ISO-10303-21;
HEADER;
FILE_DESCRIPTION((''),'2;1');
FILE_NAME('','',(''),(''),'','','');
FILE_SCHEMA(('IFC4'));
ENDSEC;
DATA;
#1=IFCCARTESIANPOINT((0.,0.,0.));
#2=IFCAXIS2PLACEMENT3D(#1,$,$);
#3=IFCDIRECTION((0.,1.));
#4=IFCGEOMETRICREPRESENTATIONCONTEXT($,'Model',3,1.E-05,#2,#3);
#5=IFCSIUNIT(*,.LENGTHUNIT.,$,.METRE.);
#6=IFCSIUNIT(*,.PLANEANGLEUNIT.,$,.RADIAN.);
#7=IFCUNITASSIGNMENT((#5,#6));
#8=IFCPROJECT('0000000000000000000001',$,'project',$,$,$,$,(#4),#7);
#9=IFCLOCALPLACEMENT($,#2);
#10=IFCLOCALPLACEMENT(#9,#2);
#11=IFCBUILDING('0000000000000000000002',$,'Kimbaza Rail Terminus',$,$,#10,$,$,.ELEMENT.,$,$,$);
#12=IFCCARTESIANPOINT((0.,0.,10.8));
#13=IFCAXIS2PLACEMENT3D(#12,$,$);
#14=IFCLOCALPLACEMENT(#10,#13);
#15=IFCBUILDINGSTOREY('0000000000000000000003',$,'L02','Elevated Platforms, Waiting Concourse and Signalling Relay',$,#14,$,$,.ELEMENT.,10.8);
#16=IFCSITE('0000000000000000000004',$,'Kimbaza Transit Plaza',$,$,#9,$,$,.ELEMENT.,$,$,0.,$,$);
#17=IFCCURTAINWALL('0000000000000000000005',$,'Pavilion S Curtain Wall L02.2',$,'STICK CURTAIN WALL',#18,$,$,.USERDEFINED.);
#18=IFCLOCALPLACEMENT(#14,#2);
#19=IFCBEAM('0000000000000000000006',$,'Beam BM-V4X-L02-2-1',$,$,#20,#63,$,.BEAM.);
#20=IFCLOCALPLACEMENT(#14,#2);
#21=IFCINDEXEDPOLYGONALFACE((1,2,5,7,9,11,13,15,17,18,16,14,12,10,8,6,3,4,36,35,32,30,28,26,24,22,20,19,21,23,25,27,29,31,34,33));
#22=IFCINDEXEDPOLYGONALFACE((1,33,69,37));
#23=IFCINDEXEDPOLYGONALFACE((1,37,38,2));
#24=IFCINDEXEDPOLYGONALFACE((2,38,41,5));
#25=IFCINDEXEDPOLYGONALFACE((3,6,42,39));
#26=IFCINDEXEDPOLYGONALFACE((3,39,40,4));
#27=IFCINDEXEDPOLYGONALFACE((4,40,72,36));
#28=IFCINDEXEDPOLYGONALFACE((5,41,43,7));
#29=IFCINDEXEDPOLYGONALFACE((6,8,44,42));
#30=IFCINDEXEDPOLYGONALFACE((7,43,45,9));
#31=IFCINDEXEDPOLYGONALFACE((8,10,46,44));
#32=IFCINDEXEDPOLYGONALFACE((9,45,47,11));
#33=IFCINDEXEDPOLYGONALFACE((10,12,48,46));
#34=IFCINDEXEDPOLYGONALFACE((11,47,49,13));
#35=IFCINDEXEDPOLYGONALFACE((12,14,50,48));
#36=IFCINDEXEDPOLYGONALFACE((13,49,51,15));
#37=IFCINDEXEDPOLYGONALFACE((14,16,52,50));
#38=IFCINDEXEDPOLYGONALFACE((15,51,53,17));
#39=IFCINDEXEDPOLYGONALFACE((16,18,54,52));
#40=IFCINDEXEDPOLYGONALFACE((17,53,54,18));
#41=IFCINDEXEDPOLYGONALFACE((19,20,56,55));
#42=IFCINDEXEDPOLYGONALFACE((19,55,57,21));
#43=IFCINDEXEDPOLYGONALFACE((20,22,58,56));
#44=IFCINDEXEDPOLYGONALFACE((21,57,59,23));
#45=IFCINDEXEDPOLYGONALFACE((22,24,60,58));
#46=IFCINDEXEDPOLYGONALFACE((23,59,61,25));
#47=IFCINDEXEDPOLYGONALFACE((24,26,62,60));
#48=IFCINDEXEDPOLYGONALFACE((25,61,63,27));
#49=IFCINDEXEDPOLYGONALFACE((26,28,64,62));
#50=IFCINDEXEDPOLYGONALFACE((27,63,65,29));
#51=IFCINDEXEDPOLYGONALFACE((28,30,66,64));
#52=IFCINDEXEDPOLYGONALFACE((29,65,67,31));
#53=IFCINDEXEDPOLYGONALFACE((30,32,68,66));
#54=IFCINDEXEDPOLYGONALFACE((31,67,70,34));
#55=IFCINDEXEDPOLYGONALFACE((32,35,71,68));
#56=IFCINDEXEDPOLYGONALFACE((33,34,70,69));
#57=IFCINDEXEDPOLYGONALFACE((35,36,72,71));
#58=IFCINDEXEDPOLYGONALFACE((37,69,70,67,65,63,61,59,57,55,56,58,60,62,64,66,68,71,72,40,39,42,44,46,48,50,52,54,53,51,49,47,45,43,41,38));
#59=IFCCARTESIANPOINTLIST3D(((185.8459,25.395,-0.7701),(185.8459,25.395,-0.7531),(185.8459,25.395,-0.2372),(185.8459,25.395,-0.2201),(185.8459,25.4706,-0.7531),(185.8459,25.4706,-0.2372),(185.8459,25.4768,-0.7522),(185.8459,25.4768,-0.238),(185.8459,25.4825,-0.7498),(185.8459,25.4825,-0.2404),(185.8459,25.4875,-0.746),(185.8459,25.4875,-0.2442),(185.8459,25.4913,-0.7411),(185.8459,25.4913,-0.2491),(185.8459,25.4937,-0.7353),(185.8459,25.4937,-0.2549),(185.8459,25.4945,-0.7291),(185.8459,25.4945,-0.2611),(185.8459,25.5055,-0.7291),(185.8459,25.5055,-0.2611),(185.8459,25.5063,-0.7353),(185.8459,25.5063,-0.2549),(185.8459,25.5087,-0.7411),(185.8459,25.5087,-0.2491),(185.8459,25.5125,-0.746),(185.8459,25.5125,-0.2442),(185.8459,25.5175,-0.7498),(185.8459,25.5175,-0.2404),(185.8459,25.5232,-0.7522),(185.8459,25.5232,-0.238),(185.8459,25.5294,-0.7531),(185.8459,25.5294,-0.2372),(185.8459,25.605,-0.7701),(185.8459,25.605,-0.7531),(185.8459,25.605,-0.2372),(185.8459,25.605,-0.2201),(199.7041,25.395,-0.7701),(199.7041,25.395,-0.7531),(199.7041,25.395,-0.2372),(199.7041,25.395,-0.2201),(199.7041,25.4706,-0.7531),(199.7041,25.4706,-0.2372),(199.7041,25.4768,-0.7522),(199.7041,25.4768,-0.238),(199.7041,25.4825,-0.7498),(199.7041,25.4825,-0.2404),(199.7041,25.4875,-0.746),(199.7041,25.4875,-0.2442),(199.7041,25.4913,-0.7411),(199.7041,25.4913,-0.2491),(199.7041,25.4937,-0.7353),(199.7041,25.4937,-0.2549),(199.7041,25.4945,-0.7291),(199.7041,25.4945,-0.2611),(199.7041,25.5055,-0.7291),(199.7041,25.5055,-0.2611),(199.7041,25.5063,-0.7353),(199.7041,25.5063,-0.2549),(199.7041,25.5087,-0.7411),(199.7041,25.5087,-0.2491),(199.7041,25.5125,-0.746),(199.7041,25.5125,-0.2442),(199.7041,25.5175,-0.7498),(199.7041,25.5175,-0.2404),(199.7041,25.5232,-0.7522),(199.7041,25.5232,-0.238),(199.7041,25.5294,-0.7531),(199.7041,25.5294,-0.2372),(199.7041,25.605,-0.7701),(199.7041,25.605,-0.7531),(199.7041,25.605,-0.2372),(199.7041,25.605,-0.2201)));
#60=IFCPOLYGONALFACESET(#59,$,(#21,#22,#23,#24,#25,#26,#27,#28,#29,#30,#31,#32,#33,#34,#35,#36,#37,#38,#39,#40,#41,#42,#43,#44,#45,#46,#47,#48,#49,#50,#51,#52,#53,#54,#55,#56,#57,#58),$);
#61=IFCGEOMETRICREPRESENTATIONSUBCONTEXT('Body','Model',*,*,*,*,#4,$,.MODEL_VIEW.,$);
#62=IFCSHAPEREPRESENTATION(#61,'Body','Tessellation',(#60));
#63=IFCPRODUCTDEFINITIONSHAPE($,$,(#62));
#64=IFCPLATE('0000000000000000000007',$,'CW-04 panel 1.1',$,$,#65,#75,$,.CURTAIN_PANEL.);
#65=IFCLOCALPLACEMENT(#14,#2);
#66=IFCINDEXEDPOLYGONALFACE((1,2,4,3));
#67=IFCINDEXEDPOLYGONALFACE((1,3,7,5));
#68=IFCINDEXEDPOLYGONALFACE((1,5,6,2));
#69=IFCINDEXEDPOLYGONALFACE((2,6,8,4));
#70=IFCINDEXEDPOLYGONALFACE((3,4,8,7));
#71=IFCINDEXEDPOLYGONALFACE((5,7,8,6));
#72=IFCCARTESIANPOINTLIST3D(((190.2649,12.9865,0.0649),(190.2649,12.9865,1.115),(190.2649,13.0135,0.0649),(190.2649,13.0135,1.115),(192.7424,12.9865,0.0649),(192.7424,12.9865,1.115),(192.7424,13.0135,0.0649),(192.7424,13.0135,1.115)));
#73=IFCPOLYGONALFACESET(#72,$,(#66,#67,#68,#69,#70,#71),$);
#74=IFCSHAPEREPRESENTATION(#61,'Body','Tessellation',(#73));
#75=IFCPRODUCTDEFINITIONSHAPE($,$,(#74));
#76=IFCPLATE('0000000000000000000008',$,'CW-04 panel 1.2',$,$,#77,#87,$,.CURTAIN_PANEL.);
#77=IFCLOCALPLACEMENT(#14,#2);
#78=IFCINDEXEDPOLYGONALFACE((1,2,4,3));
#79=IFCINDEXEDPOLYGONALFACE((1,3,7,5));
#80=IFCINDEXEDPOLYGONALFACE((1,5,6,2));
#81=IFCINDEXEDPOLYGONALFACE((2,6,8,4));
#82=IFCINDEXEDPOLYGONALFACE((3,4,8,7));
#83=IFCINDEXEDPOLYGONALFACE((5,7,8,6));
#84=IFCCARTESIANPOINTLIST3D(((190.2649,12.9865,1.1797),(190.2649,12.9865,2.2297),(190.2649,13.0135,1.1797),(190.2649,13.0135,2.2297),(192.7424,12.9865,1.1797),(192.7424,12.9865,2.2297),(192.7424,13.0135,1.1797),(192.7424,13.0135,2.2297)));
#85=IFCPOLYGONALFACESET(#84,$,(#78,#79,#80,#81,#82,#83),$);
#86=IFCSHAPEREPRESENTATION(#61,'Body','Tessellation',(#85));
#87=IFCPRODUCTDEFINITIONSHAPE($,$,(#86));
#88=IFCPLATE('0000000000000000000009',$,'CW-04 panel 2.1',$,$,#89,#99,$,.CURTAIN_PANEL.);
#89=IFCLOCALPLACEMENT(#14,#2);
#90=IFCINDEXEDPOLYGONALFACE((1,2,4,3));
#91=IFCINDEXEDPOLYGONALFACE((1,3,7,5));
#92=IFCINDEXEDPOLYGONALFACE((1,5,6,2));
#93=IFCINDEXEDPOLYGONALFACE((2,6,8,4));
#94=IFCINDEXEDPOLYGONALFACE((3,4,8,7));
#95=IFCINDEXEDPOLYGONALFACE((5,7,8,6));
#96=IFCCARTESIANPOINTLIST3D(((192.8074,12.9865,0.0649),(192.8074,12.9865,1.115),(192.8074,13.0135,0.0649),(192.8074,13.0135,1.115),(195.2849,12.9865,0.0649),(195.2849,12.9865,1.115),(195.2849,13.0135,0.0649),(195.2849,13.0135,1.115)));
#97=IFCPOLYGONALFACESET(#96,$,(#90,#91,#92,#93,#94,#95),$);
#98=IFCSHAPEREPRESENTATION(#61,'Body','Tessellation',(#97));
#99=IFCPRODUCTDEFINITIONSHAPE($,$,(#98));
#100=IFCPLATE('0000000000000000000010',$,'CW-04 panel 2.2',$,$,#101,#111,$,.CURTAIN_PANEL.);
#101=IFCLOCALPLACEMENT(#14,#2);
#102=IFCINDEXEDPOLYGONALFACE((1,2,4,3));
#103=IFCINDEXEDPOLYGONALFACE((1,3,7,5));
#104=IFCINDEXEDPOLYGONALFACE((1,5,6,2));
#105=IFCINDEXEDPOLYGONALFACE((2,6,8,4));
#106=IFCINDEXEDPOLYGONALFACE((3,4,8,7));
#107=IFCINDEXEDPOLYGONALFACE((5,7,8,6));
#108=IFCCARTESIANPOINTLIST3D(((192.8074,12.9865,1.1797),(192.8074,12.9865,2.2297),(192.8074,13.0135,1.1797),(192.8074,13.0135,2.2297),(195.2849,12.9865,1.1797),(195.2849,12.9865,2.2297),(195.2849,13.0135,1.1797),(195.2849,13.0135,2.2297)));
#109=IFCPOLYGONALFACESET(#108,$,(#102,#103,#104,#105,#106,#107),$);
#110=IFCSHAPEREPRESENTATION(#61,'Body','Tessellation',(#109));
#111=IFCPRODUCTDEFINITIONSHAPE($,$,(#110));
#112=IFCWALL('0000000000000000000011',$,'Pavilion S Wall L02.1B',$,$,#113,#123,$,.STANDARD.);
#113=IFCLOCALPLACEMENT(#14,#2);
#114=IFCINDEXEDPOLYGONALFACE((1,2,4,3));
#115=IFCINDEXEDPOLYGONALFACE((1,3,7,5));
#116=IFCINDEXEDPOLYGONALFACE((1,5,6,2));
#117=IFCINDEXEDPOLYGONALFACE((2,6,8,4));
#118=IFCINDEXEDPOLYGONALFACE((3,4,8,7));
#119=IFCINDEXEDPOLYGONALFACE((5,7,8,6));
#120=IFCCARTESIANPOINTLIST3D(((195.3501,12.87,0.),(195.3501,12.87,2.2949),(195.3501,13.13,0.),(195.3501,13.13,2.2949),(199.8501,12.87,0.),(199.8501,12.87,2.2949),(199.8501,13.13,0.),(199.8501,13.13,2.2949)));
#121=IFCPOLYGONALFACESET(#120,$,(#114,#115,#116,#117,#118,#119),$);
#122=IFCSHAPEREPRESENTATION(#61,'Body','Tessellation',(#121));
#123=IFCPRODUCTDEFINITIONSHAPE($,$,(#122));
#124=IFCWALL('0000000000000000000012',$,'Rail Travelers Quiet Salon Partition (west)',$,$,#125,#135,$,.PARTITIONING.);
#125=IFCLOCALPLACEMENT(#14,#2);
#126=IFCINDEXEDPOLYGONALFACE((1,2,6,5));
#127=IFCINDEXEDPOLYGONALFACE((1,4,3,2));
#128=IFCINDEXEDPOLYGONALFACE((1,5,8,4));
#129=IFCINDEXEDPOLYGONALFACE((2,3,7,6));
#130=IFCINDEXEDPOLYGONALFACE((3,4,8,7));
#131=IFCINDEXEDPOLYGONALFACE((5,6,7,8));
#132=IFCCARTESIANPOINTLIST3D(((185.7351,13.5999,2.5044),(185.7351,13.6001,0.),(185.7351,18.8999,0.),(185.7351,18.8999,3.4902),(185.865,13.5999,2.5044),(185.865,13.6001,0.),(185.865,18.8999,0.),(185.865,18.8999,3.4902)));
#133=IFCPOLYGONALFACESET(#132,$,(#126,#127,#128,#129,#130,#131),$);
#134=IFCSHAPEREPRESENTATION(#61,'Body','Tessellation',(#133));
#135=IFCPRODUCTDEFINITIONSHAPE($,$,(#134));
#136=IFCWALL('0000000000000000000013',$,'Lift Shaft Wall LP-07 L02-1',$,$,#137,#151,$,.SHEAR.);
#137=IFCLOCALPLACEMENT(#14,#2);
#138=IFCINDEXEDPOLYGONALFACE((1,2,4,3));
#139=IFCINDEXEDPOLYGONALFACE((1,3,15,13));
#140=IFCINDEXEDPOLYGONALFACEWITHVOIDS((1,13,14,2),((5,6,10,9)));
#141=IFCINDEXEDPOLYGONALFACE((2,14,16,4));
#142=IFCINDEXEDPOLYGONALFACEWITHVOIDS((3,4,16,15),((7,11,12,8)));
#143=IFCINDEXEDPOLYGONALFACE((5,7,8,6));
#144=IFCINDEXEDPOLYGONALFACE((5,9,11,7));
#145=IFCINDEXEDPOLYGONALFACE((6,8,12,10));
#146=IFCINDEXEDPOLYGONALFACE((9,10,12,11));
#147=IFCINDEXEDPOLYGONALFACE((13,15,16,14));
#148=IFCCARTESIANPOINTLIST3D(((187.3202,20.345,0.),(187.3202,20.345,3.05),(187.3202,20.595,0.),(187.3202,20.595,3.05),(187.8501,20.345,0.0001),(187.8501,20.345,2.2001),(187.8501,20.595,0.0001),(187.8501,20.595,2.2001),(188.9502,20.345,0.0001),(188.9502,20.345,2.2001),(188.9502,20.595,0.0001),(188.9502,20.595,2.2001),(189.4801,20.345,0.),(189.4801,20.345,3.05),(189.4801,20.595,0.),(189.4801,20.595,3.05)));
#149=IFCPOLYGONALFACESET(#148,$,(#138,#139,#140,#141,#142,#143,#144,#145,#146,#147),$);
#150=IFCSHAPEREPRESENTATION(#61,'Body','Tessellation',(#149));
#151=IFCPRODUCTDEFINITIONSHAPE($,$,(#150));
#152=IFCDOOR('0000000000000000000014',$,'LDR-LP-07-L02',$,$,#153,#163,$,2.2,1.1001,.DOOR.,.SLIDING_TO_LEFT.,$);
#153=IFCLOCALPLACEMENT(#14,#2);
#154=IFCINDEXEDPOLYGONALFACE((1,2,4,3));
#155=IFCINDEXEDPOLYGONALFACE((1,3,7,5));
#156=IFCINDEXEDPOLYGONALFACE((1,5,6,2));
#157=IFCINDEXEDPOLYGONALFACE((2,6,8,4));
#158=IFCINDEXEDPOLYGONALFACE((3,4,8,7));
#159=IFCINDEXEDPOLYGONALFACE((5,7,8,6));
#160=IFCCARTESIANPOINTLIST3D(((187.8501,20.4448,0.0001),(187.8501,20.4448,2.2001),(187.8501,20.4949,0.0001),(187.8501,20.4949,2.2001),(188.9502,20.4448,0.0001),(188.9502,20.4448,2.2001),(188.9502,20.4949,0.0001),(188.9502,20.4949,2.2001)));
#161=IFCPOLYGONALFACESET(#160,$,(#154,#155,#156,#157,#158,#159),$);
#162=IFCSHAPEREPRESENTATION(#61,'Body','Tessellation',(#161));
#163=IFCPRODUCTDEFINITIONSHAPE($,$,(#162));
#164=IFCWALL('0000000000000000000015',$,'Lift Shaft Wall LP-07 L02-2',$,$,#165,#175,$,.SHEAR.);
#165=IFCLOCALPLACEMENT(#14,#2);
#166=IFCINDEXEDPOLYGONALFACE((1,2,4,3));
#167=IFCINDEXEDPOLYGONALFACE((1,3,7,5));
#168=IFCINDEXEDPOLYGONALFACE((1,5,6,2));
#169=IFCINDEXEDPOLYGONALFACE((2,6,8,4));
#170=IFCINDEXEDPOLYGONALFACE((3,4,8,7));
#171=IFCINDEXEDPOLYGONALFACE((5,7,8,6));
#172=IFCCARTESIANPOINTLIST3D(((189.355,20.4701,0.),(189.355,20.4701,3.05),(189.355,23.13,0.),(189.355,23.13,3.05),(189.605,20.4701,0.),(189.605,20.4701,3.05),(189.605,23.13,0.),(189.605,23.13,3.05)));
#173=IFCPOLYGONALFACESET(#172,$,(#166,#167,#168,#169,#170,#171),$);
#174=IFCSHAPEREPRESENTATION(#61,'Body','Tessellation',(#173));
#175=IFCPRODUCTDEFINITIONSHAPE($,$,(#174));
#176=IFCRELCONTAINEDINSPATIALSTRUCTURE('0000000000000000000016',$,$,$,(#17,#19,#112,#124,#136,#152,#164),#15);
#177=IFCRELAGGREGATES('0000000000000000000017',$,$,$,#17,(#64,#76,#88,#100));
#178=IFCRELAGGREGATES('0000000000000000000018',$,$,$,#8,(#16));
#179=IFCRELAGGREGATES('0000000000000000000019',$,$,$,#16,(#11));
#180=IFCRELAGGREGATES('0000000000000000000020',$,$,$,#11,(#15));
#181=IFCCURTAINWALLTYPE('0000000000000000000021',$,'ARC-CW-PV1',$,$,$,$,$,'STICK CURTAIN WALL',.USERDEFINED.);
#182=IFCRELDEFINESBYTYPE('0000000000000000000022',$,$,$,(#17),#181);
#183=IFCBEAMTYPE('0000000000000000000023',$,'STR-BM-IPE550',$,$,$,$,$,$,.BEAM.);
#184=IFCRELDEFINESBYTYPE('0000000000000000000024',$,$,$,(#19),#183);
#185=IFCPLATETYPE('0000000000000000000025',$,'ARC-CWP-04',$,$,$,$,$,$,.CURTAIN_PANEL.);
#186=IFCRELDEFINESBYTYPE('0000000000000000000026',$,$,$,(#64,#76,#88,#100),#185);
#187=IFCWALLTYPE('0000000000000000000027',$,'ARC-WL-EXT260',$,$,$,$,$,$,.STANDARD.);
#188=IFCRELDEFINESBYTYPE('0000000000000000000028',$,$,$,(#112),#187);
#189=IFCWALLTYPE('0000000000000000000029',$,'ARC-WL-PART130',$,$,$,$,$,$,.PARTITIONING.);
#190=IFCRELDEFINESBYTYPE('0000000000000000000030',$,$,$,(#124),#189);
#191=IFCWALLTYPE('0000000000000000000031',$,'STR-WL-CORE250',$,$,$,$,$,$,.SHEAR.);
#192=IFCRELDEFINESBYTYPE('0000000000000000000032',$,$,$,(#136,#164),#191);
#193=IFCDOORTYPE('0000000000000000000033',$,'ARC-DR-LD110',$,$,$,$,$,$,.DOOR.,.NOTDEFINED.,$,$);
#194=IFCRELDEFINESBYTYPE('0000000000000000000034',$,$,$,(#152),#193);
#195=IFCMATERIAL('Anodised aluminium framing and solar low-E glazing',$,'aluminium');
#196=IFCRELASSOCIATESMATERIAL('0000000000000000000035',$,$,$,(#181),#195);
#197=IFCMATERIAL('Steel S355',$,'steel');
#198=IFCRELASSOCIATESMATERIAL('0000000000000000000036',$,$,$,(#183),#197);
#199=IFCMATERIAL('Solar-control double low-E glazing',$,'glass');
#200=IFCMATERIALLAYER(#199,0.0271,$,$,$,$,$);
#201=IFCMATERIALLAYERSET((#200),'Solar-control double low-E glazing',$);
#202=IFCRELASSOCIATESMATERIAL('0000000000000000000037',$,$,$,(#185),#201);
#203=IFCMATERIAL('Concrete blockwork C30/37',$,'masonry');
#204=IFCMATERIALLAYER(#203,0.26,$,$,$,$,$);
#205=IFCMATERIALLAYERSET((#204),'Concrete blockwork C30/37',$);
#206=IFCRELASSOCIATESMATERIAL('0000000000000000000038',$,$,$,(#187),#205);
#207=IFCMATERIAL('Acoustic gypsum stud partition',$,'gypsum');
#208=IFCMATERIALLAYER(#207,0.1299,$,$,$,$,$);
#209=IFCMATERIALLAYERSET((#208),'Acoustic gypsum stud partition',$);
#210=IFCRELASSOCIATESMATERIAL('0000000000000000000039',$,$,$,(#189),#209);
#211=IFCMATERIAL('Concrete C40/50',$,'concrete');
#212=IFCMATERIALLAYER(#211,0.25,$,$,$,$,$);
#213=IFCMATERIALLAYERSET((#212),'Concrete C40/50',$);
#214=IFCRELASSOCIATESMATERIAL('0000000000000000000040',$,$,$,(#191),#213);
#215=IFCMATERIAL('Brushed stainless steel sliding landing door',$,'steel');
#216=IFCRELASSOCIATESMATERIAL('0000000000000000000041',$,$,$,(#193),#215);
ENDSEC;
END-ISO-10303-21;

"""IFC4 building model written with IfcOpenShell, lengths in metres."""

from ifc_helpers import new_model, si_unit, direction, frame, frame_2d, origin, origin_2d, place, context, subcontext, project, spatial, polyline, rectangle, i_section, outline, extrude, material, layer, layer_set, material_profile, profile_set, type_object, element, fill, aggregate, save


model = new_model("IFC4")

# Units and contexts
model_context = context("Model", 3, precision=1e-05, world=origin(), true_north=direction((0.0, 1.0)))
body_context = subcontext(model_context, "Body", "Model", "MODEL_VIEW")
ifc_project = project(units=[si_unit("LENGTHUNIT", "METRE"), si_unit("PLANEANGLEUNIT", "RADIAN")], contexts=[model_context])

# Site, building, storey
site_placement = place(None, origin())
site = spatial("IfcSite", under=ifc_project, at=site_placement, Name="Kimbaza Transit Plaza", CompositionType="ELEMENT", RefElevation=0.0)
building_placement = place(site_placement, origin())
building = spatial("IfcBuilding", under=site, at=building_placement, Name="Kimbaza Rail Terminus", CompositionType="ELEMENT")
storey_placement = place(building_placement, frame((0.0, 0.0, 10.8)))
storey = spatial("IfcBuildingStorey", under=building, at=storey_placement, Name="L02", Description="Elevated Platforms, Waiting Concourse and Signalling Relay", CompositionType="ELEMENT", Elevation=10.8)

# Curtain wall
ifc_material_1 = material(Name="Anodised aluminium framing and solar low-E glazing", Category="aluminium")
curtain_wall_type = type_object("IfcCurtainWallType", Name="ARC-CW-PV1", ElementType="STICK CURTAIN WALL", PredefinedType="USERDEFINED", material=ifc_material_1)
curtain_wall_placement = place(storey_placement, origin())
curtain_wall = element("IfcCurtainWall", 1, at=curtain_wall_placement, inside=storey, type_object=curtain_wall_type, Name="Pavilion S Curtain Wall L02.2", ObjectType="STICK CURTAIN WALL", PredefinedType="USERDEFINED")

# Beam
ifc_material_2 = material(Name="Steel S355", Category="steel")
ifc_material_profile_1 = material_profile(ifc_material_2, i_section(OverallWidth=0.21, OverallDepth=0.55, WebThickness=0.011, FlangeThickness=0.0171, FilletRadius=0.0239, at=origin_2d()), Name="IPE 550")
ifc_profile_set_1 = profile_set([ifc_material_profile_1], Name="Steel S355")
beam_type_1 = type_object("IfcBeamType", Name="STR-BM-IPE550", PredefinedType="BEAM", material=ifc_profile_set_1)
for number, where, z_axis, x_axis, name in (
    (2, (185.8459, 25.5, -0.4951), (1.0, 0.0, 0.0), (0.0, 1.0, 0.0), "Beam BM-V4X-L02-2-1"),
):
    element("IfcBeam", number, at=place(storey_placement, frame(where, z_axis=z_axis, x_axis=x_axis)), inside=storey, type_object=beam_type_1, Name=name, PredefinedType="BEAM", context=body_context, shape_type="SweptSolid", body=[
        extrude(i_section(OverallWidth=0.21, OverallDepth=0.55, WebThickness=0.011, FlangeThickness=0.0171, FilletRadius=0.0239, at=origin_2d()), origin(), (0.0, 0.0, 1.0), 13.8582),
    ])

# Plates
ifc_material_3 = material(Name="Solar-control double low-E glazing", Category="glass")
ifc_layer_1 = layer(ifc_material_3, 0.0271)
ifc_layer_set_1 = layer_set([ifc_layer_1], Name="Solar-control double low-E glazing")
plate_type = type_object("IfcPlateType", Name="ARC-CWP-04", PredefinedType="CURTAIN_PANEL", material=ifc_layer_set_1)
plate_1_placement = place(storey_placement, frame((191.5037, 13.0, 0.0649), z_axis=(0.0, 0.0, 1.0), x_axis=(1.0, 0.0, 0.0)))
plate_1 = element("IfcPlate", 3, at=plate_1_placement, type_object=plate_type, Name="CW-04 panel 1.1", PredefinedType="CURTAIN_PANEL", context=body_context, shape_type="SweptSolid", body=[
    extrude(rectangle(XDim=2.4775, YDim=0.0271, at=origin_2d()), origin(), (0.0, 0.0, 1.0), 1.05),
])
plate_2_placement = place(storey_placement, frame((191.5037, 13.0, 1.1797), z_axis=(0.0, 0.0, 1.0), x_axis=(1.0, 0.0, 0.0)))
plate_2 = element("IfcPlate", 4, at=plate_2_placement, type_object=plate_type, Name="CW-04 panel 1.2", PredefinedType="CURTAIN_PANEL", context=body_context, shape_type="SweptSolid", body=[
    extrude(rectangle(XDim=2.4775, YDim=0.0271, at=origin_2d()), origin(), (0.0, 0.0, 1.0), 1.05),
])
plate_3_placement = place(storey_placement, frame((194.0461, 13.0, 0.0649), z_axis=(0.0, 0.0, 1.0), x_axis=(1.0, 0.0, 0.0)))
plate_3 = element("IfcPlate", 5, at=plate_3_placement, type_object=plate_type, Name="CW-04 panel 2.1", PredefinedType="CURTAIN_PANEL", context=body_context, shape_type="SweptSolid", body=[
    extrude(rectangle(XDim=2.4775, YDim=0.0271, at=origin_2d()), origin(), (0.0, 0.0, 1.0), 1.05),
])
plate_4_placement = place(storey_placement, frame((194.0461, 13.0, 1.1797), z_axis=(0.0, 0.0, 1.0), x_axis=(1.0, 0.0, 0.0)))
plate_4 = element("IfcPlate", 6, at=plate_4_placement, type_object=plate_type, Name="CW-04 panel 2.2", PredefinedType="CURTAIN_PANEL", context=body_context, shape_type="SweptSolid", body=[
    extrude(rectangle(XDim=2.4775, YDim=0.0271, at=origin_2d()), origin(), (0.0, 0.0, 1.0), 1.05),
])
aggregate(curtain_wall, [plate_1, plate_2, plate_3, plate_4])

# Walls
ifc_material_4 = material(Name="Concrete blockwork C30/37", Category="masonry")
ifc_layer_2 = layer(ifc_material_4, 0.26)
ifc_layer_set_2 = layer_set([ifc_layer_2], Name="Concrete blockwork C30/37")
wall_type_1 = type_object("IfcWallType", Name="ARC-WL-EXT260", PredefinedType="STANDARD", material=ifc_layer_set_2)
wall_1_placement = place(storey_placement, frame((195.3501, 13.0, 0.0), z_axis=(0.0, 0.0, 1.0), x_axis=(1.0, 0.0, 0.0)))
element("IfcWall", 7, at=wall_1_placement, inside=storey, type_object=wall_type_1, Name="Pavilion S Wall L02.1B", PredefinedType="STANDARD", context=body_context, shape_type="SweptSolid", body=[
    extrude(rectangle(XDim=4.5, YDim=0.26, at=frame_2d((2.25, 0.0))), origin(), (0.0, 0.0, 1.0), 2.2949),
])
ifc_material_5 = material(Name="Acoustic gypsum stud partition", Category="gypsum")
ifc_layer_3 = layer(ifc_material_5, 0.1299)
ifc_layer_set_3 = layer_set([ifc_layer_3], Name="Acoustic gypsum stud partition")
wall_type_2 = type_object("IfcWallType", Name="ARC-WL-PART130", PredefinedType="PARTITIONING", material=ifc_layer_set_3)
wall_2_placement = place(storey_placement, frame((185.8, 18.8999, 0.0), z_axis=(0.0, 0.0, 1.0), x_axis=(0.0, -1.0, 0.0)))
element("IfcWall", 8, at=wall_2_placement, inside=storey, type_object=wall_type_2, Name="Rail Travelers Quiet Salon Partition (west)", PredefinedType="PARTITIONING", context=body_context, shape_type="SweptSolid", body=[
    extrude(outline(polyline([(0.0, 0.0), (5.2998, 0.0), (5.3, 2.5044), (0.0, 3.4902), (0.0, 0.0)])), frame((0.0, 0.0649, 0.0), z_axis=(0.0, -1.0, 0.0), x_axis=(1.0, 0.0, 0.0)), (0.0, 0.0, 1.0), 0.1299),
])

# Wall, opening, door
ifc_material_6 = material(Name="Concrete C40/50", Category="concrete")
ifc_layer_4 = layer(ifc_material_6, 0.25)
ifc_layer_set_4 = layer_set([ifc_layer_4], Name="Concrete C40/50")
wall_type_3 = type_object("IfcWallType", Name="STR-WL-CORE250", PredefinedType="SHEAR", material=ifc_layer_set_4)
wall_3_placement = place(storey_placement, frame((187.3201, 20.47, 0.0), z_axis=(0.0, 0.0, 1.0), x_axis=(1.0, 0.0, 0.0)))
wall_3 = element("IfcWall", 9, at=wall_3_placement, inside=storey, type_object=wall_type_3, Name="Lift Shaft Wall LP-07 L02-1", PredefinedType="SHEAR", context=body_context, shape_type="SweptSolid", body=[
    extrude(rectangle(XDim=2.1599, YDim=0.25, at=frame_2d((1.0801, 0.0))), origin(), (0.0, 0.0, 1.0), 3.05),
])
opening_1_placement = place(wall_3_placement, frame((0.53, 0.0, 0.0)))
opening_1 = element("IfcOpeningElement", 10, at=opening_1_placement, cuts=wall_3, PredefinedType="OPENING", context=body_context, shape_type="SweptSolid", body=[
    extrude(rectangle(XDim=1.1001, YDim=2.2, at=frame_2d((0.55, 1.1001))), frame((0.0, 0.135, 0.0), z_axis=(0.0, -1.0, 0.0), x_axis=(1.0, 0.0, 0.0)), (0.0, 0.0, 1.0), 0.27),
])
ifc_material_7 = material(Name="Brushed stainless steel sliding landing door", Category="steel")
door_type_1 = type_object("IfcDoorType", Name="ARC-DR-LD110", OperationType="NOTDEFINED", PredefinedType="DOOR", material=ifc_material_7)
door_1_placement = place(opening_1_placement, origin())
door_1 = element("IfcDoor", 11, at=door_1_placement, inside=storey, type_object=door_type_1, Name="LDR-LP-07-L02", OperationType="SLIDING_TO_LEFT", OverallHeight=2.2, OverallWidth=1.1001, PredefinedType="DOOR", context=body_context, shape_type="SweptSolid", body=[
    extrude(rectangle(XDim=1.1001, YDim=2.2, at=frame_2d((0.55, 1.1001))), frame((0.0, 0.0249, 0.0), z_axis=(0.0, -1.0, 0.0), x_axis=(1.0, 0.0, 0.0)), (0.0, 0.0, 1.0), 0.05),
])
fill(opening_1, door_1)

# Wall
wall_4_placement = place(storey_placement, frame((189.48, 20.47, 0.0), z_axis=(0.0, 0.0, 1.0), x_axis=(0.0, 1.0, 0.0)))
element("IfcWall", 12, at=wall_4_placement, inside=storey, type_object=wall_type_3, Name="Lift Shaft Wall LP-07 L02-2", PredefinedType="SHEAR", context=body_context, shape_type="SweptSolid", body=[
    extrude(rectangle(XDim=2.6599, YDim=0.25, at=frame_2d((1.3301, 0.0))), origin(), (0.0, 0.0, 1.0), 3.05),
])

save(model, "model.ifc")
